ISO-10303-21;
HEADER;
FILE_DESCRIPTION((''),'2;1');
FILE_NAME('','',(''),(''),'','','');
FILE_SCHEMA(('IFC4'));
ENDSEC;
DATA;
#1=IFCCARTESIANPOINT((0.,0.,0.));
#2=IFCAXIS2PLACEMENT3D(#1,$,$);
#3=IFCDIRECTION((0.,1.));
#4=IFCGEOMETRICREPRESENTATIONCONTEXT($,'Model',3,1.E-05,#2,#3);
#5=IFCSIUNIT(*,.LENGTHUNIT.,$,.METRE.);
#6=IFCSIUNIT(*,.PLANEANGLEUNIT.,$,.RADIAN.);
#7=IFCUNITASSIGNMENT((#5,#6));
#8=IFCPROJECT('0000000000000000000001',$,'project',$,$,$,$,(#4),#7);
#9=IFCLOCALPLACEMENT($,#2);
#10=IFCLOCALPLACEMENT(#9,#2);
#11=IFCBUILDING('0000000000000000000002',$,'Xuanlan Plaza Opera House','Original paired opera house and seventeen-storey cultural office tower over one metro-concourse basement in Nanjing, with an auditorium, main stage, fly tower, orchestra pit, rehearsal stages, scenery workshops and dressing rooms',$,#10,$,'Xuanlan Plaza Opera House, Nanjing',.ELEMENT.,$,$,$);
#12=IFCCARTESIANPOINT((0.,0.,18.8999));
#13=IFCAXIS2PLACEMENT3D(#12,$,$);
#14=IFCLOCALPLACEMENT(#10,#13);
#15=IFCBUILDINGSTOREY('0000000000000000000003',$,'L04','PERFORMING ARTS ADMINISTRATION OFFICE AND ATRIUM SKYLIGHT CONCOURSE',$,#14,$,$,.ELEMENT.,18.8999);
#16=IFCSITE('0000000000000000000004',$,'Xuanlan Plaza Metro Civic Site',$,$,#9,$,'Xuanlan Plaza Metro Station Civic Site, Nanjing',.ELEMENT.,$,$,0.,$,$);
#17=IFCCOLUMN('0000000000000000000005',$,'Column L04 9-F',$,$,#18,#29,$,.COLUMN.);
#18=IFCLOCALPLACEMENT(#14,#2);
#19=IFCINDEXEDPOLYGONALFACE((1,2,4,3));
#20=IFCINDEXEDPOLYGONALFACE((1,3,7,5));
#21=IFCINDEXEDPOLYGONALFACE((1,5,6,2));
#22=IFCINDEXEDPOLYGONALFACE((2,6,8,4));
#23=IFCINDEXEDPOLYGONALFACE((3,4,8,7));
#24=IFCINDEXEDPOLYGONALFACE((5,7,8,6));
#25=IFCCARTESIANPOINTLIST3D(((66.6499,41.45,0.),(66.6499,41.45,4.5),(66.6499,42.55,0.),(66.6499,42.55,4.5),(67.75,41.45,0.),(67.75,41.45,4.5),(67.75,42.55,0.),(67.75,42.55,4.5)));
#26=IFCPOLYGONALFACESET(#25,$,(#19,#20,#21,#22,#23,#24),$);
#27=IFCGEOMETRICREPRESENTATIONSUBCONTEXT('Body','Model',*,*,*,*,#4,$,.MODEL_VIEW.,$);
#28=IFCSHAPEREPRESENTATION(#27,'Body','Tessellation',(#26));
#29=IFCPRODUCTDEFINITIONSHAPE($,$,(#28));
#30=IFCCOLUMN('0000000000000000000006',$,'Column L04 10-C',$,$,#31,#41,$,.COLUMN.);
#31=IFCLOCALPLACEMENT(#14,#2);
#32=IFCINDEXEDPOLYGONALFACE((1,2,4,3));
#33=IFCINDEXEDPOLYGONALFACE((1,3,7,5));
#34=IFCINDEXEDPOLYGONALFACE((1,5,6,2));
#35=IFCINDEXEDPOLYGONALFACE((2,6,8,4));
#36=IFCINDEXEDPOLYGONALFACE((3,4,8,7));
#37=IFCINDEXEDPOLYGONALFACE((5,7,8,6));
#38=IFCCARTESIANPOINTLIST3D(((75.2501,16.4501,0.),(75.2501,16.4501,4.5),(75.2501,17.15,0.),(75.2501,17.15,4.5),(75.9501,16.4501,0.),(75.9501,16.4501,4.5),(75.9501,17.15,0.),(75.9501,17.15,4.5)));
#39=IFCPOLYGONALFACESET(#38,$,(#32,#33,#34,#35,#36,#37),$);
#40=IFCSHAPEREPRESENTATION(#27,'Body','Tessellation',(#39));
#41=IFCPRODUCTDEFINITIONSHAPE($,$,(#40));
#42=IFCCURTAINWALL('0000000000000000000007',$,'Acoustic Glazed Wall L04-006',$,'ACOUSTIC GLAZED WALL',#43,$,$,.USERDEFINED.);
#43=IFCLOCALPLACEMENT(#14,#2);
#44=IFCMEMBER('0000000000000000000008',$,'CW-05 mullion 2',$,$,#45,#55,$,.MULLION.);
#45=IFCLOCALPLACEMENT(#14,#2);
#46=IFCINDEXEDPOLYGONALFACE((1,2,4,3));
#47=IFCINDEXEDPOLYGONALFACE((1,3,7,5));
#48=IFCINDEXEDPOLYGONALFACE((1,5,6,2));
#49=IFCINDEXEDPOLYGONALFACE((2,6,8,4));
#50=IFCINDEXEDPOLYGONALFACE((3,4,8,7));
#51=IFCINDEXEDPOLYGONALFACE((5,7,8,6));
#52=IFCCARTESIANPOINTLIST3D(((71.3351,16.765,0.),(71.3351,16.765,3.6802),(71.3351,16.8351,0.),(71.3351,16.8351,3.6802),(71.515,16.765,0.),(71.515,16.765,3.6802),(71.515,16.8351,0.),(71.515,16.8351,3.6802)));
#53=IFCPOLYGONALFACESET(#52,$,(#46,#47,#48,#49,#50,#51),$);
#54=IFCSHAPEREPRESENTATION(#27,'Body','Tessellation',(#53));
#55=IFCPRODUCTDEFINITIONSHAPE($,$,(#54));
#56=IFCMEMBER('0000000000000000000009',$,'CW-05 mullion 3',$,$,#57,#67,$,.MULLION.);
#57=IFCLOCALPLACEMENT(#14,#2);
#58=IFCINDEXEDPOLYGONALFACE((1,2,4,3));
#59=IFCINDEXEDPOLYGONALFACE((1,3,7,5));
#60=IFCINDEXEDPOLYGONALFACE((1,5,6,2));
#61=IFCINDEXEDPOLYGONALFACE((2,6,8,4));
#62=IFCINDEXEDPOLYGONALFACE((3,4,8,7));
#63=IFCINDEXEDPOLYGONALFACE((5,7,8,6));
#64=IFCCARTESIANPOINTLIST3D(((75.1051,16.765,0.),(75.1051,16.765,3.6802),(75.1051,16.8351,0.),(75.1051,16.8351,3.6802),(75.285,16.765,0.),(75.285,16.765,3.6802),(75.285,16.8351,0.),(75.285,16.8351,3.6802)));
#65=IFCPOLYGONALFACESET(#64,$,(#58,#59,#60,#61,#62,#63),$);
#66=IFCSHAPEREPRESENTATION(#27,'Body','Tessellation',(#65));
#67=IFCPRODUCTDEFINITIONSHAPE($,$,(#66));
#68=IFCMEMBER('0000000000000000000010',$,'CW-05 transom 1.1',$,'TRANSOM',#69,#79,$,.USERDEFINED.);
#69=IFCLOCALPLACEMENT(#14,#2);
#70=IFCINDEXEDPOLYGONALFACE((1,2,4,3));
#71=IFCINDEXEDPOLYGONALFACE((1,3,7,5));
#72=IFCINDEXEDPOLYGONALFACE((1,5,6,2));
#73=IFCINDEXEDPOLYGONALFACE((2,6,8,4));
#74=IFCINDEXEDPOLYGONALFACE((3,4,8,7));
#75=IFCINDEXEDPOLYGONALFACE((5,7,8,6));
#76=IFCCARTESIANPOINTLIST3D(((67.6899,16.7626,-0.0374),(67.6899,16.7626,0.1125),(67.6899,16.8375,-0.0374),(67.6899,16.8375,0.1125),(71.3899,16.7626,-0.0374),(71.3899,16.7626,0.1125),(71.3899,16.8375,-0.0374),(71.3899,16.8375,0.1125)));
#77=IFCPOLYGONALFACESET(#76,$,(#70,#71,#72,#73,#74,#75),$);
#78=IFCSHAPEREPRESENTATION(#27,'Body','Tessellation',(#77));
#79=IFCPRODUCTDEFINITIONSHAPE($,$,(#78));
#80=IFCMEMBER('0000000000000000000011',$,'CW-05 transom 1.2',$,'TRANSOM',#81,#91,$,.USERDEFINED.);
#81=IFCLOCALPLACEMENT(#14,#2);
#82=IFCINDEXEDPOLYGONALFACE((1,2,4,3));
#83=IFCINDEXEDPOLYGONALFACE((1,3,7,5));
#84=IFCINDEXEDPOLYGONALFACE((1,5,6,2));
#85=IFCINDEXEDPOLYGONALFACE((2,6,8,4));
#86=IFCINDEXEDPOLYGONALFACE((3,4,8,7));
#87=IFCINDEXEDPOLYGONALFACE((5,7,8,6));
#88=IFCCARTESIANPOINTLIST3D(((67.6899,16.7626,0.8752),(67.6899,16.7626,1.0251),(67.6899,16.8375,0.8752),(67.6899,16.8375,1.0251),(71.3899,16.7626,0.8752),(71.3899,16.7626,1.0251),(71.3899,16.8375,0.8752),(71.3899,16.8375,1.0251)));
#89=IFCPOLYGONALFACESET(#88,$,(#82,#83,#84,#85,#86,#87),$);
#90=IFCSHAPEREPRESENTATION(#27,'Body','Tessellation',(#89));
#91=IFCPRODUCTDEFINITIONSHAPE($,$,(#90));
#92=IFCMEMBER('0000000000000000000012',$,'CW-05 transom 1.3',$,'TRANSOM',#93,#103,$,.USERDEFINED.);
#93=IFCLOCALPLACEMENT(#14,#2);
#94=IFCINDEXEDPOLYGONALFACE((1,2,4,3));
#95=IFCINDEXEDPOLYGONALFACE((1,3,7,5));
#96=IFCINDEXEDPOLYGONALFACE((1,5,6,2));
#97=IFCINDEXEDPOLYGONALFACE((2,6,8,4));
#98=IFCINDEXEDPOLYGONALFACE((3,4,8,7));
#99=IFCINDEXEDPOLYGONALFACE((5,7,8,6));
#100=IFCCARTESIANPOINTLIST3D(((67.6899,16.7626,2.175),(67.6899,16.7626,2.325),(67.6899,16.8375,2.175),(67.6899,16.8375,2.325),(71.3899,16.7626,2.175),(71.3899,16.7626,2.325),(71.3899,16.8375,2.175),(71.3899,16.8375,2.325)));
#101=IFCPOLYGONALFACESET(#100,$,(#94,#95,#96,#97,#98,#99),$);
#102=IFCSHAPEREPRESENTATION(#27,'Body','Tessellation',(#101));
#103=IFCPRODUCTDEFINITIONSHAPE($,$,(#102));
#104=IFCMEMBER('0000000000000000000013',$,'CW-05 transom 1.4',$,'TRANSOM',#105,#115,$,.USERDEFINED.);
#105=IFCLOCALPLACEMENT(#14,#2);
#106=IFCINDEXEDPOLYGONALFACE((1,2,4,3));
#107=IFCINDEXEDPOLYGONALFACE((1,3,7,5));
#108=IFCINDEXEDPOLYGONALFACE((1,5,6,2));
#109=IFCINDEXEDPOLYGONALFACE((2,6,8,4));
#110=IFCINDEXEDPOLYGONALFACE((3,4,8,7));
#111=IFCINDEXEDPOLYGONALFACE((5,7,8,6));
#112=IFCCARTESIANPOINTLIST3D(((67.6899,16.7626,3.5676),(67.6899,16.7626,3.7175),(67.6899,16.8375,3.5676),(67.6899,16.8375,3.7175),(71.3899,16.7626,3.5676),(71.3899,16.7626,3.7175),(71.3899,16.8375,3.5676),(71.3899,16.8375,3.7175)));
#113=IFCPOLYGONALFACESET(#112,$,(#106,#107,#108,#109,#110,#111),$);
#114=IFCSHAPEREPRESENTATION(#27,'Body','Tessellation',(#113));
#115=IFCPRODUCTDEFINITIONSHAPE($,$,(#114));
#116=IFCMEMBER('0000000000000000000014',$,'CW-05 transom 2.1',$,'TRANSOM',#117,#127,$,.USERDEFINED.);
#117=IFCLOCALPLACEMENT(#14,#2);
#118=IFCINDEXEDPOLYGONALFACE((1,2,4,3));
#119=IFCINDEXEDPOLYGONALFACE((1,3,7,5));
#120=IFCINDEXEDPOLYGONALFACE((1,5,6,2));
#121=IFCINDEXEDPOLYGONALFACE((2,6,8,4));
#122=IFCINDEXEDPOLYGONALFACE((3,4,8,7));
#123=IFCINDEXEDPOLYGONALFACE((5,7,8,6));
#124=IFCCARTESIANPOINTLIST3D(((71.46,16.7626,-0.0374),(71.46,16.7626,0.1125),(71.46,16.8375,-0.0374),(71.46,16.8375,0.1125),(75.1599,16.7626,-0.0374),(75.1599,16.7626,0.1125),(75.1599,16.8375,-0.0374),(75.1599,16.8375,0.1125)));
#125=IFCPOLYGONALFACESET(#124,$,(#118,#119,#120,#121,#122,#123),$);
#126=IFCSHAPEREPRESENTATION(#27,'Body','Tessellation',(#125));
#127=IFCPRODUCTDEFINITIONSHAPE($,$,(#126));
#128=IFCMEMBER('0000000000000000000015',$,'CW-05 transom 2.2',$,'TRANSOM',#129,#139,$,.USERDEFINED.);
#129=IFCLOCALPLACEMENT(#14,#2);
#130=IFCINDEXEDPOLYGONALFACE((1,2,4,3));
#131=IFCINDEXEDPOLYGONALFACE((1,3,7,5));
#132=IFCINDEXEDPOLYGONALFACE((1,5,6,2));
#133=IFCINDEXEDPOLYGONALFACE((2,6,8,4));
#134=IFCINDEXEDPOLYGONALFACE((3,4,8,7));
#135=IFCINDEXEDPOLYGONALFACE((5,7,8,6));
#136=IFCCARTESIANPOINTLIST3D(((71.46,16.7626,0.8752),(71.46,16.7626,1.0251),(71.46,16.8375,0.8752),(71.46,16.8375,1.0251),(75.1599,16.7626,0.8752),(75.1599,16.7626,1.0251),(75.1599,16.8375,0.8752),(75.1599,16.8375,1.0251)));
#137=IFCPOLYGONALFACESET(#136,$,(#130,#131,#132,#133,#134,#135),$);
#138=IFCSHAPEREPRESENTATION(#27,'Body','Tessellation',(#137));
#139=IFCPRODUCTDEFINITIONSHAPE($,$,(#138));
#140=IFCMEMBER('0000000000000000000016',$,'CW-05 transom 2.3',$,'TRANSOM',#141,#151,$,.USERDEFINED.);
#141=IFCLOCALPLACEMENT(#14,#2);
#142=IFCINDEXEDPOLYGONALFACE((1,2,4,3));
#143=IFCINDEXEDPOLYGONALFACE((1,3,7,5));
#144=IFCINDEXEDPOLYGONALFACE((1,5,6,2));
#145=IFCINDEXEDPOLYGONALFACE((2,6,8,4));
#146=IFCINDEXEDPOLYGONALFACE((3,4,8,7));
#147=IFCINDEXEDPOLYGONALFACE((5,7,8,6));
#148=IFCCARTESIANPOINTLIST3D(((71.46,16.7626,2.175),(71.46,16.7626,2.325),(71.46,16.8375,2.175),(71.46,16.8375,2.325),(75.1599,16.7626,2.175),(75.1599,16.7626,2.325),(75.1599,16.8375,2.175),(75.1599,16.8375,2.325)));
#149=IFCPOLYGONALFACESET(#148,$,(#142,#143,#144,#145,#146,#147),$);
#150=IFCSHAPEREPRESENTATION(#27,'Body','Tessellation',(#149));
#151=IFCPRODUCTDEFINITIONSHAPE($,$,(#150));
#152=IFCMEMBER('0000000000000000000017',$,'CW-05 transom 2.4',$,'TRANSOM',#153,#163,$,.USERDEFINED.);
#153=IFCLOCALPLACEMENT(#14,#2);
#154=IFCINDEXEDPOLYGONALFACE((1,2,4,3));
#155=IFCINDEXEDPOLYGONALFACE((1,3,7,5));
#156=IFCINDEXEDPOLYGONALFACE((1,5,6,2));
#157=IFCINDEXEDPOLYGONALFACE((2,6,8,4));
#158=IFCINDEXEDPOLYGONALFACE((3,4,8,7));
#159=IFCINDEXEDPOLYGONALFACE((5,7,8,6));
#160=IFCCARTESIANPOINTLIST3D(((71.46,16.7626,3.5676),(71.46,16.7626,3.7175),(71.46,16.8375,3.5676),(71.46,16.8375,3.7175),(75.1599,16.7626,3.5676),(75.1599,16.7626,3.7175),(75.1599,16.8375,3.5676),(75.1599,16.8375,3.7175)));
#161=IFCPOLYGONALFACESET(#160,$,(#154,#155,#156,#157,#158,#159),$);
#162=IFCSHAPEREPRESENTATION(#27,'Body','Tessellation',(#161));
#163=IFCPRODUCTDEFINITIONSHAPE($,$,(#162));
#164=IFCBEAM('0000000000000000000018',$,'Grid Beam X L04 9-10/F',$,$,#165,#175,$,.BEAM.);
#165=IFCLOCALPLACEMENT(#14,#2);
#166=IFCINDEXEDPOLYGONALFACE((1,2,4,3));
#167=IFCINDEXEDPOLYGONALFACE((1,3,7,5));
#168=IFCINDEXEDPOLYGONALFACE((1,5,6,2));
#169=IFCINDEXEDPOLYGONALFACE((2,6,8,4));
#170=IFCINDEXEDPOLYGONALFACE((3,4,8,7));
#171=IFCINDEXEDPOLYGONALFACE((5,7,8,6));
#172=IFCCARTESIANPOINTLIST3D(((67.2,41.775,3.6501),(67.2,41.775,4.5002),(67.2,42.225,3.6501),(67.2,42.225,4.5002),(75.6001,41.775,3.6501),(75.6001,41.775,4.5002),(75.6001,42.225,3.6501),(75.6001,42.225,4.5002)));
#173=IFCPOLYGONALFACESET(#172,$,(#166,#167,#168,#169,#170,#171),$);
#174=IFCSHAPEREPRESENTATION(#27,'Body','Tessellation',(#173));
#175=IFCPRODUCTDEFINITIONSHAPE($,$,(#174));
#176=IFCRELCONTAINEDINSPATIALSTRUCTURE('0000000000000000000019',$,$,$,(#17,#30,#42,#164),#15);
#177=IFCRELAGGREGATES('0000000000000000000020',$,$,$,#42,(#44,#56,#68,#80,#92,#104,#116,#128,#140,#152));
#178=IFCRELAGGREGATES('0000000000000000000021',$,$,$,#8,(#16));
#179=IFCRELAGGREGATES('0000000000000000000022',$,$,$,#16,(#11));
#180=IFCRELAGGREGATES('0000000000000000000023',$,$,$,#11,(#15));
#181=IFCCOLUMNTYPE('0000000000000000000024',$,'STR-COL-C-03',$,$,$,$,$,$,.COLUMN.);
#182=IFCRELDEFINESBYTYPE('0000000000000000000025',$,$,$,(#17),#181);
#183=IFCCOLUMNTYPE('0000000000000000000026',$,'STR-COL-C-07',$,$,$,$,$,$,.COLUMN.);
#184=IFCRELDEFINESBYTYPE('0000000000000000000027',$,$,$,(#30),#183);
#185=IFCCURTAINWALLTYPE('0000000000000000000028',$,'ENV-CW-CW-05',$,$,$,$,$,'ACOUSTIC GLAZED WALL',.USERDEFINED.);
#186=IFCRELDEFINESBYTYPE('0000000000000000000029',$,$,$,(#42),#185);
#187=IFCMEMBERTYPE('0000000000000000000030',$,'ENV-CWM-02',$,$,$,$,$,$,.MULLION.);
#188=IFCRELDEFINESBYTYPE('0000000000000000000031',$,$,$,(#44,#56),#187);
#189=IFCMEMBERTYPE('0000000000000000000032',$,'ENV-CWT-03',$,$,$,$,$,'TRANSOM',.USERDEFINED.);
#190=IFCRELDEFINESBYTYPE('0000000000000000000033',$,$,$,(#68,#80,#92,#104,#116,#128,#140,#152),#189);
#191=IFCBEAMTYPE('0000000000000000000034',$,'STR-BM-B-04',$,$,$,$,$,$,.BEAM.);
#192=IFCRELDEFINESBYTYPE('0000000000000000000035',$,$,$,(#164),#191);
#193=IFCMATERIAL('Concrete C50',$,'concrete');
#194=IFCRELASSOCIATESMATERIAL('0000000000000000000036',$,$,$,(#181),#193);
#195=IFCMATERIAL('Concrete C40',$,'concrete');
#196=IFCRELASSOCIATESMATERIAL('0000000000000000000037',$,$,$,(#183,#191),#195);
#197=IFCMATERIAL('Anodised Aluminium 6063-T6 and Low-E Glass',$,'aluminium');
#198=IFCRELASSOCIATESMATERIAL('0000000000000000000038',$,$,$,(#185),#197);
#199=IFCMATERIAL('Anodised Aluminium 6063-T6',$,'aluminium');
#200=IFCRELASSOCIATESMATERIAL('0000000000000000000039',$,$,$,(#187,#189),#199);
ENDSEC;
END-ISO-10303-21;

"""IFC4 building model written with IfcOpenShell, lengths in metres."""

from ifc_helpers import new_model, si_unit, direction, frame, origin, origin_2d, place, context, subcontext, project, spatial, rectangle, extrude, material, material_profile, profile_set, type_object, element, aggregate, save


model = new_model("IFC4")

# Units and contexts
model_context = context("Model", 3, precision=1e-05, world=origin(), true_north=direction((0.0, 1.0)))
body_context = subcontext(model_context, "Body", "Model", "MODEL_VIEW")
ifc_project = project(units=[si_unit("LENGTHUNIT", "METRE"), si_unit("PLANEANGLEUNIT", "RADIAN")], contexts=[model_context])

# Site, building, storey
site_placement = place(None, origin())
site = spatial("IfcSite", under=ifc_project, at=site_placement, Name="Xuanlan Plaza Metro Civic Site", LongName="Xuanlan Plaza Metro Station Civic Site, Nanjing", CompositionType="ELEMENT", RefElevation=0.0)
building_placement = place(site_placement, origin())
building = spatial("IfcBuilding", under=site, at=building_placement, Name="Xuanlan Plaza Opera House", Description="Original paired opera house and seventeen-storey cultural office tower over one metro-concourse basement in Nanjing, with an auditorium, main stage, fly tower, orchestra pit, rehearsal stages, scenery workshops and dressing rooms", LongName="Xuanlan Plaza Opera House, Nanjing", CompositionType="ELEMENT")
storey_placement = place(building_placement, frame((0.0, 0.0, 18.8999)))
storey = spatial("IfcBuildingStorey", under=building, at=storey_placement, Name="L04", Description="PERFORMING ARTS ADMINISTRATION OFFICE AND ATRIUM SKYLIGHT CONCOURSE", CompositionType="ELEMENT", Elevation=18.8999)

# Columns
ifc_material_1 = material(Name="Concrete C50", Category="concrete")
ifc_material_profile_1 = material_profile(ifc_material_1, rectangle(XDim=1.1001, YDim=1.1001, at=origin_2d()), Name="RC-COL 1100x1100")
ifc_profile_set_1 = profile_set([ifc_material_profile_1], Name="Concrete C50")
column_type_1 = type_object("IfcColumnType", Name="STR-COL-C-03", PredefinedType="COLUMN", material=ifc_profile_set_1)
column_1_placement = place(storey_placement, frame((67.2, 42.0, 0.0), z_axis=(0.0, 0.0, 1.0), x_axis=(1.0, 0.0, 0.0)))
element("IfcColumn", 1, at=column_1_placement, inside=storey, type_object=column_type_1, Name="Column L04 9-F", PredefinedType="COLUMN", context=body_context, shape_type="SweptSolid", body=[
    extrude(rectangle(XDim=1.1001, YDim=1.1001, at=origin_2d()), origin(), (0.0, 0.0, 1.0), 4.5),
])
ifc_material_2 = material(Name="Concrete C40", Category="concrete")
ifc_material_profile_2 = material_profile(ifc_material_2, rectangle(XDim=0.7, YDim=0.7, at=origin_2d()), Name="RC-COL 700x700")
ifc_profile_set_2 = profile_set([ifc_material_profile_2], Name="Concrete C40")
column_type_2 = type_object("IfcColumnType", Name="STR-COL-C-07", PredefinedType="COLUMN", material=ifc_profile_set_2)
column_2_placement = place(storey_placement, frame((75.6001, 16.8, 0.0), z_axis=(0.0, 0.0, 1.0), x_axis=(1.0, 0.0, 0.0)))
element("IfcColumn", 2, at=column_2_placement, inside=storey, type_object=column_type_2, Name="Column L04 10-C", PredefinedType="COLUMN", context=body_context, shape_type="SweptSolid", body=[
    extrude(rectangle(XDim=0.7, YDim=0.7, at=origin_2d()), origin(), (0.0, 0.0, 1.0), 4.5),
])

# Curtain wall, members
ifc_material_3 = material(Name="Anodised Aluminium 6063-T6 and Low-E Glass", Category="aluminium")
curtain_wall_type = type_object("IfcCurtainWallType", Name="ENV-CW-CW-05", ElementType="ACOUSTIC GLAZED WALL", PredefinedType="USERDEFINED", material=ifc_material_3)
curtain_wall_placement = place(storey_placement, origin())
curtain_wall = element("IfcCurtainWall", 3, at=curtain_wall_placement, inside=storey, type_object=curtain_wall_type, Name="Acoustic Glazed Wall L04-006", ObjectType="ACOUSTIC GLAZED WALL", PredefinedType="USERDEFINED")
ifc_material_4 = material(Name="Anodised Aluminium 6063-T6", Category="aluminium")
ifc_material_profile_3 = material_profile(ifc_material_4, rectangle(XDim=0.0701, YDim=0.1799, at=origin_2d()), Name="ALU-M 70x180")
ifc_profile_set_3 = profile_set([ifc_material_profile_3], Name="Anodised Aluminium 6063-T6")
member_type_1 = type_object("IfcMemberType", Name="ENV-CWM-02", PredefinedType="MULLION", material=ifc_profile_set_3)
member_1_placement = place(storey_placement, frame((71.425, 16.8, 0.0), z_axis=(0.0, 0.0, 1.0), x_axis=(0.0, 1.0, 0.0)))
member_1 = element("IfcMember", 4, at=member_1_placement, type_object=member_type_1, Name="CW-05 mullion 2", PredefinedType="MULLION", context=body_context, shape_type="SweptSolid", body=[
    extrude(rectangle(XDim=0.0701, YDim=0.1799, at=origin_2d()), origin(), (0.0, 0.0, 1.0), 3.6802),
])
member_2_placement = place(storey_placement, frame((75.1951, 16.8, 0.0), z_axis=(0.0, 0.0, 1.0), x_axis=(0.0, 1.0, 0.0)))
member_2 = element("IfcMember", 5, at=member_2_placement, type_object=member_type_1, Name="CW-05 mullion 3", PredefinedType="MULLION", context=body_context, shape_type="SweptSolid", body=[
    extrude(rectangle(XDim=0.0701, YDim=0.1799, at=origin_2d()), origin(), (0.0, 0.0, 1.0), 3.6802),
])
ifc_material_profile_4 = material_profile(ifc_material_4, rectangle(XDim=0.075, YDim=0.1499, at=origin_2d()), Name="ALU-T 75x150")
ifc_profile_set_4 = profile_set([ifc_material_profile_4], Name="Anodised Aluminium 6063-T6")
member_type_2 = type_object("IfcMemberType", Name="ENV-CWT-03", ElementType="TRANSOM", PredefinedType="USERDEFINED", material=ifc_profile_set_4)
member_3_placement = place(storey_placement, frame((67.6899, 16.8, 0.0376), z_axis=(1.0, 0.0, 0.0), x_axis=(0.0, 1.0, 0.0)))
member_3 = element("IfcMember", 6, at=member_3_placement, type_object=member_type_2, Name="CW-05 transom 1.1", ObjectType="TRANSOM", PredefinedType="USERDEFINED", context=body_context, shape_type="SweptSolid", body=[
    extrude(rectangle(XDim=0.075, YDim=0.1499, at=origin_2d()), origin(), (0.0, 0.0, 1.0), 3.7),
])
member_4_placement = place(storey_placement, frame((67.6899, 16.8, 0.9502), z_axis=(1.0, 0.0, 0.0), x_axis=(0.0, 1.0, 0.0)))
member_4 = element("IfcMember", 7, at=member_4_placement, type_object=member_type_2, Name="CW-05 transom 1.2", ObjectType="TRANSOM", PredefinedType="USERDEFINED", context=body_context, shape_type="SweptSolid", body=[
    extrude(rectangle(XDim=0.075, YDim=0.1499, at=origin_2d()), origin(), (0.0, 0.0, 1.0), 3.7),
])
member_5_placement = place(storey_placement, frame((67.6899, 16.8, 2.25), z_axis=(1.0, 0.0, 0.0), x_axis=(0.0, 1.0, 0.0)))
member_5 = element("IfcMember", 8, at=member_5_placement, type_object=member_type_2, Name="CW-05 transom 1.3", ObjectType="TRANSOM", PredefinedType="USERDEFINED", context=body_context, shape_type="SweptSolid", body=[
    extrude(rectangle(XDim=0.075, YDim=0.1499, at=origin_2d()), origin(), (0.0, 0.0, 1.0), 3.7),
])
member_6_placement = place(storey_placement, frame((67.6899, 16.8, 3.6426), z_axis=(1.0, 0.0, 0.0), x_axis=(0.0, 1.0, 0.0)))
member_6 = element("IfcMember", 9, at=member_6_placement, type_object=member_type_2, Name="CW-05 transom 1.4", ObjectType="TRANSOM", PredefinedType="USERDEFINED", context=body_context, shape_type="SweptSolid", body=[
    extrude(rectangle(XDim=0.075, YDim=0.1499, at=origin_2d()), origin(), (0.0, 0.0, 1.0), 3.7),
])
member_7_placement = place(storey_placement, frame((71.46, 16.8, 0.0376), z_axis=(1.0, 0.0, 0.0), x_axis=(0.0, 1.0, 0.0)))
member_7 = element("IfcMember", 10, at=member_7_placement, type_object=member_type_2, Name="CW-05 transom 2.1", ObjectType="TRANSOM", PredefinedType="USERDEFINED", context=body_context, shape_type="SweptSolid", body=[
    extrude(rectangle(XDim=0.075, YDim=0.1499, at=origin_2d()), origin(), (0.0, 0.0, 1.0), 3.7),
])
member_8_placement = place(storey_placement, frame((71.46, 16.8, 0.9502), z_axis=(1.0, 0.0, 0.0), x_axis=(0.0, 1.0, 0.0)))
member_8 = element("IfcMember", 11, at=member_8_placement, type_object=member_type_2, Name="CW-05 transom 2.2", ObjectType="TRANSOM", PredefinedType="USERDEFINED", context=body_context, shape_type="SweptSolid", body=[
    extrude(rectangle(XDim=0.075, YDim=0.1499, at=origin_2d()), origin(), (0.0, 0.0, 1.0), 3.7),
])
member_9_placement = place(storey_placement, frame((71.46, 16.8, 2.25), z_axis=(1.0, 0.0, 0.0), x_axis=(0.0, 1.0, 0.0)))
member_9 = element("IfcMember", 12, at=member_9_placement, type_object=member_type_2, Name="CW-05 transom 2.3", ObjectType="TRANSOM", PredefinedType="USERDEFINED", context=body_context, shape_type="SweptSolid", body=[
    extrude(rectangle(XDim=0.075, YDim=0.1499, at=origin_2d()), origin(), (0.0, 0.0, 1.0), 3.7),
])
member_10_placement = place(storey_placement, frame((71.46, 16.8, 3.6426), z_axis=(1.0, 0.0, 0.0), x_axis=(0.0, 1.0, 0.0)))
member_10 = element("IfcMember", 13, at=member_10_placement, type_object=member_type_2, Name="CW-05 transom 2.4", ObjectType="TRANSOM", PredefinedType="USERDEFINED", context=body_context, shape_type="SweptSolid", body=[
    extrude(rectangle(XDim=0.075, YDim=0.1499, at=origin_2d()), origin(), (0.0, 0.0, 1.0), 3.7),
])

# Beam
ifc_material_profile_5 = material_profile(ifc_material_2, rectangle(XDim=0.45, YDim=0.8501, at=origin_2d()), Name="RC-BM 450x850")
ifc_profile_set_5 = profile_set([ifc_material_profile_5], Name="Concrete C40")
beam_type_1 = type_object("IfcBeamType", Name="STR-BM-B-04", PredefinedType="BEAM", material=ifc_profile_set_5)
beam_1_placement = place(storey_placement, frame((67.2, 42.0, 4.0752), z_axis=(1.0, 0.0, 0.0), x_axis=(0.0, 1.0, 0.0)))
element("IfcBeam", 14, at=beam_1_placement, inside=storey, type_object=beam_type_1, Name="Grid Beam X L04 9-10/F", PredefinedType="BEAM", context=body_context, shape_type="SweptSolid", body=[
    extrude(rectangle(XDim=0.45, YDim=0.8501, at=origin_2d()), origin(), (0.0, 0.0, 1.0), 8.4001),
])

aggregate(curtain_wall, [member_1, member_2, member_3, member_4, member_5, member_6, member_7, member_8, member_9, member_10])

save(model, "model.ifc")
